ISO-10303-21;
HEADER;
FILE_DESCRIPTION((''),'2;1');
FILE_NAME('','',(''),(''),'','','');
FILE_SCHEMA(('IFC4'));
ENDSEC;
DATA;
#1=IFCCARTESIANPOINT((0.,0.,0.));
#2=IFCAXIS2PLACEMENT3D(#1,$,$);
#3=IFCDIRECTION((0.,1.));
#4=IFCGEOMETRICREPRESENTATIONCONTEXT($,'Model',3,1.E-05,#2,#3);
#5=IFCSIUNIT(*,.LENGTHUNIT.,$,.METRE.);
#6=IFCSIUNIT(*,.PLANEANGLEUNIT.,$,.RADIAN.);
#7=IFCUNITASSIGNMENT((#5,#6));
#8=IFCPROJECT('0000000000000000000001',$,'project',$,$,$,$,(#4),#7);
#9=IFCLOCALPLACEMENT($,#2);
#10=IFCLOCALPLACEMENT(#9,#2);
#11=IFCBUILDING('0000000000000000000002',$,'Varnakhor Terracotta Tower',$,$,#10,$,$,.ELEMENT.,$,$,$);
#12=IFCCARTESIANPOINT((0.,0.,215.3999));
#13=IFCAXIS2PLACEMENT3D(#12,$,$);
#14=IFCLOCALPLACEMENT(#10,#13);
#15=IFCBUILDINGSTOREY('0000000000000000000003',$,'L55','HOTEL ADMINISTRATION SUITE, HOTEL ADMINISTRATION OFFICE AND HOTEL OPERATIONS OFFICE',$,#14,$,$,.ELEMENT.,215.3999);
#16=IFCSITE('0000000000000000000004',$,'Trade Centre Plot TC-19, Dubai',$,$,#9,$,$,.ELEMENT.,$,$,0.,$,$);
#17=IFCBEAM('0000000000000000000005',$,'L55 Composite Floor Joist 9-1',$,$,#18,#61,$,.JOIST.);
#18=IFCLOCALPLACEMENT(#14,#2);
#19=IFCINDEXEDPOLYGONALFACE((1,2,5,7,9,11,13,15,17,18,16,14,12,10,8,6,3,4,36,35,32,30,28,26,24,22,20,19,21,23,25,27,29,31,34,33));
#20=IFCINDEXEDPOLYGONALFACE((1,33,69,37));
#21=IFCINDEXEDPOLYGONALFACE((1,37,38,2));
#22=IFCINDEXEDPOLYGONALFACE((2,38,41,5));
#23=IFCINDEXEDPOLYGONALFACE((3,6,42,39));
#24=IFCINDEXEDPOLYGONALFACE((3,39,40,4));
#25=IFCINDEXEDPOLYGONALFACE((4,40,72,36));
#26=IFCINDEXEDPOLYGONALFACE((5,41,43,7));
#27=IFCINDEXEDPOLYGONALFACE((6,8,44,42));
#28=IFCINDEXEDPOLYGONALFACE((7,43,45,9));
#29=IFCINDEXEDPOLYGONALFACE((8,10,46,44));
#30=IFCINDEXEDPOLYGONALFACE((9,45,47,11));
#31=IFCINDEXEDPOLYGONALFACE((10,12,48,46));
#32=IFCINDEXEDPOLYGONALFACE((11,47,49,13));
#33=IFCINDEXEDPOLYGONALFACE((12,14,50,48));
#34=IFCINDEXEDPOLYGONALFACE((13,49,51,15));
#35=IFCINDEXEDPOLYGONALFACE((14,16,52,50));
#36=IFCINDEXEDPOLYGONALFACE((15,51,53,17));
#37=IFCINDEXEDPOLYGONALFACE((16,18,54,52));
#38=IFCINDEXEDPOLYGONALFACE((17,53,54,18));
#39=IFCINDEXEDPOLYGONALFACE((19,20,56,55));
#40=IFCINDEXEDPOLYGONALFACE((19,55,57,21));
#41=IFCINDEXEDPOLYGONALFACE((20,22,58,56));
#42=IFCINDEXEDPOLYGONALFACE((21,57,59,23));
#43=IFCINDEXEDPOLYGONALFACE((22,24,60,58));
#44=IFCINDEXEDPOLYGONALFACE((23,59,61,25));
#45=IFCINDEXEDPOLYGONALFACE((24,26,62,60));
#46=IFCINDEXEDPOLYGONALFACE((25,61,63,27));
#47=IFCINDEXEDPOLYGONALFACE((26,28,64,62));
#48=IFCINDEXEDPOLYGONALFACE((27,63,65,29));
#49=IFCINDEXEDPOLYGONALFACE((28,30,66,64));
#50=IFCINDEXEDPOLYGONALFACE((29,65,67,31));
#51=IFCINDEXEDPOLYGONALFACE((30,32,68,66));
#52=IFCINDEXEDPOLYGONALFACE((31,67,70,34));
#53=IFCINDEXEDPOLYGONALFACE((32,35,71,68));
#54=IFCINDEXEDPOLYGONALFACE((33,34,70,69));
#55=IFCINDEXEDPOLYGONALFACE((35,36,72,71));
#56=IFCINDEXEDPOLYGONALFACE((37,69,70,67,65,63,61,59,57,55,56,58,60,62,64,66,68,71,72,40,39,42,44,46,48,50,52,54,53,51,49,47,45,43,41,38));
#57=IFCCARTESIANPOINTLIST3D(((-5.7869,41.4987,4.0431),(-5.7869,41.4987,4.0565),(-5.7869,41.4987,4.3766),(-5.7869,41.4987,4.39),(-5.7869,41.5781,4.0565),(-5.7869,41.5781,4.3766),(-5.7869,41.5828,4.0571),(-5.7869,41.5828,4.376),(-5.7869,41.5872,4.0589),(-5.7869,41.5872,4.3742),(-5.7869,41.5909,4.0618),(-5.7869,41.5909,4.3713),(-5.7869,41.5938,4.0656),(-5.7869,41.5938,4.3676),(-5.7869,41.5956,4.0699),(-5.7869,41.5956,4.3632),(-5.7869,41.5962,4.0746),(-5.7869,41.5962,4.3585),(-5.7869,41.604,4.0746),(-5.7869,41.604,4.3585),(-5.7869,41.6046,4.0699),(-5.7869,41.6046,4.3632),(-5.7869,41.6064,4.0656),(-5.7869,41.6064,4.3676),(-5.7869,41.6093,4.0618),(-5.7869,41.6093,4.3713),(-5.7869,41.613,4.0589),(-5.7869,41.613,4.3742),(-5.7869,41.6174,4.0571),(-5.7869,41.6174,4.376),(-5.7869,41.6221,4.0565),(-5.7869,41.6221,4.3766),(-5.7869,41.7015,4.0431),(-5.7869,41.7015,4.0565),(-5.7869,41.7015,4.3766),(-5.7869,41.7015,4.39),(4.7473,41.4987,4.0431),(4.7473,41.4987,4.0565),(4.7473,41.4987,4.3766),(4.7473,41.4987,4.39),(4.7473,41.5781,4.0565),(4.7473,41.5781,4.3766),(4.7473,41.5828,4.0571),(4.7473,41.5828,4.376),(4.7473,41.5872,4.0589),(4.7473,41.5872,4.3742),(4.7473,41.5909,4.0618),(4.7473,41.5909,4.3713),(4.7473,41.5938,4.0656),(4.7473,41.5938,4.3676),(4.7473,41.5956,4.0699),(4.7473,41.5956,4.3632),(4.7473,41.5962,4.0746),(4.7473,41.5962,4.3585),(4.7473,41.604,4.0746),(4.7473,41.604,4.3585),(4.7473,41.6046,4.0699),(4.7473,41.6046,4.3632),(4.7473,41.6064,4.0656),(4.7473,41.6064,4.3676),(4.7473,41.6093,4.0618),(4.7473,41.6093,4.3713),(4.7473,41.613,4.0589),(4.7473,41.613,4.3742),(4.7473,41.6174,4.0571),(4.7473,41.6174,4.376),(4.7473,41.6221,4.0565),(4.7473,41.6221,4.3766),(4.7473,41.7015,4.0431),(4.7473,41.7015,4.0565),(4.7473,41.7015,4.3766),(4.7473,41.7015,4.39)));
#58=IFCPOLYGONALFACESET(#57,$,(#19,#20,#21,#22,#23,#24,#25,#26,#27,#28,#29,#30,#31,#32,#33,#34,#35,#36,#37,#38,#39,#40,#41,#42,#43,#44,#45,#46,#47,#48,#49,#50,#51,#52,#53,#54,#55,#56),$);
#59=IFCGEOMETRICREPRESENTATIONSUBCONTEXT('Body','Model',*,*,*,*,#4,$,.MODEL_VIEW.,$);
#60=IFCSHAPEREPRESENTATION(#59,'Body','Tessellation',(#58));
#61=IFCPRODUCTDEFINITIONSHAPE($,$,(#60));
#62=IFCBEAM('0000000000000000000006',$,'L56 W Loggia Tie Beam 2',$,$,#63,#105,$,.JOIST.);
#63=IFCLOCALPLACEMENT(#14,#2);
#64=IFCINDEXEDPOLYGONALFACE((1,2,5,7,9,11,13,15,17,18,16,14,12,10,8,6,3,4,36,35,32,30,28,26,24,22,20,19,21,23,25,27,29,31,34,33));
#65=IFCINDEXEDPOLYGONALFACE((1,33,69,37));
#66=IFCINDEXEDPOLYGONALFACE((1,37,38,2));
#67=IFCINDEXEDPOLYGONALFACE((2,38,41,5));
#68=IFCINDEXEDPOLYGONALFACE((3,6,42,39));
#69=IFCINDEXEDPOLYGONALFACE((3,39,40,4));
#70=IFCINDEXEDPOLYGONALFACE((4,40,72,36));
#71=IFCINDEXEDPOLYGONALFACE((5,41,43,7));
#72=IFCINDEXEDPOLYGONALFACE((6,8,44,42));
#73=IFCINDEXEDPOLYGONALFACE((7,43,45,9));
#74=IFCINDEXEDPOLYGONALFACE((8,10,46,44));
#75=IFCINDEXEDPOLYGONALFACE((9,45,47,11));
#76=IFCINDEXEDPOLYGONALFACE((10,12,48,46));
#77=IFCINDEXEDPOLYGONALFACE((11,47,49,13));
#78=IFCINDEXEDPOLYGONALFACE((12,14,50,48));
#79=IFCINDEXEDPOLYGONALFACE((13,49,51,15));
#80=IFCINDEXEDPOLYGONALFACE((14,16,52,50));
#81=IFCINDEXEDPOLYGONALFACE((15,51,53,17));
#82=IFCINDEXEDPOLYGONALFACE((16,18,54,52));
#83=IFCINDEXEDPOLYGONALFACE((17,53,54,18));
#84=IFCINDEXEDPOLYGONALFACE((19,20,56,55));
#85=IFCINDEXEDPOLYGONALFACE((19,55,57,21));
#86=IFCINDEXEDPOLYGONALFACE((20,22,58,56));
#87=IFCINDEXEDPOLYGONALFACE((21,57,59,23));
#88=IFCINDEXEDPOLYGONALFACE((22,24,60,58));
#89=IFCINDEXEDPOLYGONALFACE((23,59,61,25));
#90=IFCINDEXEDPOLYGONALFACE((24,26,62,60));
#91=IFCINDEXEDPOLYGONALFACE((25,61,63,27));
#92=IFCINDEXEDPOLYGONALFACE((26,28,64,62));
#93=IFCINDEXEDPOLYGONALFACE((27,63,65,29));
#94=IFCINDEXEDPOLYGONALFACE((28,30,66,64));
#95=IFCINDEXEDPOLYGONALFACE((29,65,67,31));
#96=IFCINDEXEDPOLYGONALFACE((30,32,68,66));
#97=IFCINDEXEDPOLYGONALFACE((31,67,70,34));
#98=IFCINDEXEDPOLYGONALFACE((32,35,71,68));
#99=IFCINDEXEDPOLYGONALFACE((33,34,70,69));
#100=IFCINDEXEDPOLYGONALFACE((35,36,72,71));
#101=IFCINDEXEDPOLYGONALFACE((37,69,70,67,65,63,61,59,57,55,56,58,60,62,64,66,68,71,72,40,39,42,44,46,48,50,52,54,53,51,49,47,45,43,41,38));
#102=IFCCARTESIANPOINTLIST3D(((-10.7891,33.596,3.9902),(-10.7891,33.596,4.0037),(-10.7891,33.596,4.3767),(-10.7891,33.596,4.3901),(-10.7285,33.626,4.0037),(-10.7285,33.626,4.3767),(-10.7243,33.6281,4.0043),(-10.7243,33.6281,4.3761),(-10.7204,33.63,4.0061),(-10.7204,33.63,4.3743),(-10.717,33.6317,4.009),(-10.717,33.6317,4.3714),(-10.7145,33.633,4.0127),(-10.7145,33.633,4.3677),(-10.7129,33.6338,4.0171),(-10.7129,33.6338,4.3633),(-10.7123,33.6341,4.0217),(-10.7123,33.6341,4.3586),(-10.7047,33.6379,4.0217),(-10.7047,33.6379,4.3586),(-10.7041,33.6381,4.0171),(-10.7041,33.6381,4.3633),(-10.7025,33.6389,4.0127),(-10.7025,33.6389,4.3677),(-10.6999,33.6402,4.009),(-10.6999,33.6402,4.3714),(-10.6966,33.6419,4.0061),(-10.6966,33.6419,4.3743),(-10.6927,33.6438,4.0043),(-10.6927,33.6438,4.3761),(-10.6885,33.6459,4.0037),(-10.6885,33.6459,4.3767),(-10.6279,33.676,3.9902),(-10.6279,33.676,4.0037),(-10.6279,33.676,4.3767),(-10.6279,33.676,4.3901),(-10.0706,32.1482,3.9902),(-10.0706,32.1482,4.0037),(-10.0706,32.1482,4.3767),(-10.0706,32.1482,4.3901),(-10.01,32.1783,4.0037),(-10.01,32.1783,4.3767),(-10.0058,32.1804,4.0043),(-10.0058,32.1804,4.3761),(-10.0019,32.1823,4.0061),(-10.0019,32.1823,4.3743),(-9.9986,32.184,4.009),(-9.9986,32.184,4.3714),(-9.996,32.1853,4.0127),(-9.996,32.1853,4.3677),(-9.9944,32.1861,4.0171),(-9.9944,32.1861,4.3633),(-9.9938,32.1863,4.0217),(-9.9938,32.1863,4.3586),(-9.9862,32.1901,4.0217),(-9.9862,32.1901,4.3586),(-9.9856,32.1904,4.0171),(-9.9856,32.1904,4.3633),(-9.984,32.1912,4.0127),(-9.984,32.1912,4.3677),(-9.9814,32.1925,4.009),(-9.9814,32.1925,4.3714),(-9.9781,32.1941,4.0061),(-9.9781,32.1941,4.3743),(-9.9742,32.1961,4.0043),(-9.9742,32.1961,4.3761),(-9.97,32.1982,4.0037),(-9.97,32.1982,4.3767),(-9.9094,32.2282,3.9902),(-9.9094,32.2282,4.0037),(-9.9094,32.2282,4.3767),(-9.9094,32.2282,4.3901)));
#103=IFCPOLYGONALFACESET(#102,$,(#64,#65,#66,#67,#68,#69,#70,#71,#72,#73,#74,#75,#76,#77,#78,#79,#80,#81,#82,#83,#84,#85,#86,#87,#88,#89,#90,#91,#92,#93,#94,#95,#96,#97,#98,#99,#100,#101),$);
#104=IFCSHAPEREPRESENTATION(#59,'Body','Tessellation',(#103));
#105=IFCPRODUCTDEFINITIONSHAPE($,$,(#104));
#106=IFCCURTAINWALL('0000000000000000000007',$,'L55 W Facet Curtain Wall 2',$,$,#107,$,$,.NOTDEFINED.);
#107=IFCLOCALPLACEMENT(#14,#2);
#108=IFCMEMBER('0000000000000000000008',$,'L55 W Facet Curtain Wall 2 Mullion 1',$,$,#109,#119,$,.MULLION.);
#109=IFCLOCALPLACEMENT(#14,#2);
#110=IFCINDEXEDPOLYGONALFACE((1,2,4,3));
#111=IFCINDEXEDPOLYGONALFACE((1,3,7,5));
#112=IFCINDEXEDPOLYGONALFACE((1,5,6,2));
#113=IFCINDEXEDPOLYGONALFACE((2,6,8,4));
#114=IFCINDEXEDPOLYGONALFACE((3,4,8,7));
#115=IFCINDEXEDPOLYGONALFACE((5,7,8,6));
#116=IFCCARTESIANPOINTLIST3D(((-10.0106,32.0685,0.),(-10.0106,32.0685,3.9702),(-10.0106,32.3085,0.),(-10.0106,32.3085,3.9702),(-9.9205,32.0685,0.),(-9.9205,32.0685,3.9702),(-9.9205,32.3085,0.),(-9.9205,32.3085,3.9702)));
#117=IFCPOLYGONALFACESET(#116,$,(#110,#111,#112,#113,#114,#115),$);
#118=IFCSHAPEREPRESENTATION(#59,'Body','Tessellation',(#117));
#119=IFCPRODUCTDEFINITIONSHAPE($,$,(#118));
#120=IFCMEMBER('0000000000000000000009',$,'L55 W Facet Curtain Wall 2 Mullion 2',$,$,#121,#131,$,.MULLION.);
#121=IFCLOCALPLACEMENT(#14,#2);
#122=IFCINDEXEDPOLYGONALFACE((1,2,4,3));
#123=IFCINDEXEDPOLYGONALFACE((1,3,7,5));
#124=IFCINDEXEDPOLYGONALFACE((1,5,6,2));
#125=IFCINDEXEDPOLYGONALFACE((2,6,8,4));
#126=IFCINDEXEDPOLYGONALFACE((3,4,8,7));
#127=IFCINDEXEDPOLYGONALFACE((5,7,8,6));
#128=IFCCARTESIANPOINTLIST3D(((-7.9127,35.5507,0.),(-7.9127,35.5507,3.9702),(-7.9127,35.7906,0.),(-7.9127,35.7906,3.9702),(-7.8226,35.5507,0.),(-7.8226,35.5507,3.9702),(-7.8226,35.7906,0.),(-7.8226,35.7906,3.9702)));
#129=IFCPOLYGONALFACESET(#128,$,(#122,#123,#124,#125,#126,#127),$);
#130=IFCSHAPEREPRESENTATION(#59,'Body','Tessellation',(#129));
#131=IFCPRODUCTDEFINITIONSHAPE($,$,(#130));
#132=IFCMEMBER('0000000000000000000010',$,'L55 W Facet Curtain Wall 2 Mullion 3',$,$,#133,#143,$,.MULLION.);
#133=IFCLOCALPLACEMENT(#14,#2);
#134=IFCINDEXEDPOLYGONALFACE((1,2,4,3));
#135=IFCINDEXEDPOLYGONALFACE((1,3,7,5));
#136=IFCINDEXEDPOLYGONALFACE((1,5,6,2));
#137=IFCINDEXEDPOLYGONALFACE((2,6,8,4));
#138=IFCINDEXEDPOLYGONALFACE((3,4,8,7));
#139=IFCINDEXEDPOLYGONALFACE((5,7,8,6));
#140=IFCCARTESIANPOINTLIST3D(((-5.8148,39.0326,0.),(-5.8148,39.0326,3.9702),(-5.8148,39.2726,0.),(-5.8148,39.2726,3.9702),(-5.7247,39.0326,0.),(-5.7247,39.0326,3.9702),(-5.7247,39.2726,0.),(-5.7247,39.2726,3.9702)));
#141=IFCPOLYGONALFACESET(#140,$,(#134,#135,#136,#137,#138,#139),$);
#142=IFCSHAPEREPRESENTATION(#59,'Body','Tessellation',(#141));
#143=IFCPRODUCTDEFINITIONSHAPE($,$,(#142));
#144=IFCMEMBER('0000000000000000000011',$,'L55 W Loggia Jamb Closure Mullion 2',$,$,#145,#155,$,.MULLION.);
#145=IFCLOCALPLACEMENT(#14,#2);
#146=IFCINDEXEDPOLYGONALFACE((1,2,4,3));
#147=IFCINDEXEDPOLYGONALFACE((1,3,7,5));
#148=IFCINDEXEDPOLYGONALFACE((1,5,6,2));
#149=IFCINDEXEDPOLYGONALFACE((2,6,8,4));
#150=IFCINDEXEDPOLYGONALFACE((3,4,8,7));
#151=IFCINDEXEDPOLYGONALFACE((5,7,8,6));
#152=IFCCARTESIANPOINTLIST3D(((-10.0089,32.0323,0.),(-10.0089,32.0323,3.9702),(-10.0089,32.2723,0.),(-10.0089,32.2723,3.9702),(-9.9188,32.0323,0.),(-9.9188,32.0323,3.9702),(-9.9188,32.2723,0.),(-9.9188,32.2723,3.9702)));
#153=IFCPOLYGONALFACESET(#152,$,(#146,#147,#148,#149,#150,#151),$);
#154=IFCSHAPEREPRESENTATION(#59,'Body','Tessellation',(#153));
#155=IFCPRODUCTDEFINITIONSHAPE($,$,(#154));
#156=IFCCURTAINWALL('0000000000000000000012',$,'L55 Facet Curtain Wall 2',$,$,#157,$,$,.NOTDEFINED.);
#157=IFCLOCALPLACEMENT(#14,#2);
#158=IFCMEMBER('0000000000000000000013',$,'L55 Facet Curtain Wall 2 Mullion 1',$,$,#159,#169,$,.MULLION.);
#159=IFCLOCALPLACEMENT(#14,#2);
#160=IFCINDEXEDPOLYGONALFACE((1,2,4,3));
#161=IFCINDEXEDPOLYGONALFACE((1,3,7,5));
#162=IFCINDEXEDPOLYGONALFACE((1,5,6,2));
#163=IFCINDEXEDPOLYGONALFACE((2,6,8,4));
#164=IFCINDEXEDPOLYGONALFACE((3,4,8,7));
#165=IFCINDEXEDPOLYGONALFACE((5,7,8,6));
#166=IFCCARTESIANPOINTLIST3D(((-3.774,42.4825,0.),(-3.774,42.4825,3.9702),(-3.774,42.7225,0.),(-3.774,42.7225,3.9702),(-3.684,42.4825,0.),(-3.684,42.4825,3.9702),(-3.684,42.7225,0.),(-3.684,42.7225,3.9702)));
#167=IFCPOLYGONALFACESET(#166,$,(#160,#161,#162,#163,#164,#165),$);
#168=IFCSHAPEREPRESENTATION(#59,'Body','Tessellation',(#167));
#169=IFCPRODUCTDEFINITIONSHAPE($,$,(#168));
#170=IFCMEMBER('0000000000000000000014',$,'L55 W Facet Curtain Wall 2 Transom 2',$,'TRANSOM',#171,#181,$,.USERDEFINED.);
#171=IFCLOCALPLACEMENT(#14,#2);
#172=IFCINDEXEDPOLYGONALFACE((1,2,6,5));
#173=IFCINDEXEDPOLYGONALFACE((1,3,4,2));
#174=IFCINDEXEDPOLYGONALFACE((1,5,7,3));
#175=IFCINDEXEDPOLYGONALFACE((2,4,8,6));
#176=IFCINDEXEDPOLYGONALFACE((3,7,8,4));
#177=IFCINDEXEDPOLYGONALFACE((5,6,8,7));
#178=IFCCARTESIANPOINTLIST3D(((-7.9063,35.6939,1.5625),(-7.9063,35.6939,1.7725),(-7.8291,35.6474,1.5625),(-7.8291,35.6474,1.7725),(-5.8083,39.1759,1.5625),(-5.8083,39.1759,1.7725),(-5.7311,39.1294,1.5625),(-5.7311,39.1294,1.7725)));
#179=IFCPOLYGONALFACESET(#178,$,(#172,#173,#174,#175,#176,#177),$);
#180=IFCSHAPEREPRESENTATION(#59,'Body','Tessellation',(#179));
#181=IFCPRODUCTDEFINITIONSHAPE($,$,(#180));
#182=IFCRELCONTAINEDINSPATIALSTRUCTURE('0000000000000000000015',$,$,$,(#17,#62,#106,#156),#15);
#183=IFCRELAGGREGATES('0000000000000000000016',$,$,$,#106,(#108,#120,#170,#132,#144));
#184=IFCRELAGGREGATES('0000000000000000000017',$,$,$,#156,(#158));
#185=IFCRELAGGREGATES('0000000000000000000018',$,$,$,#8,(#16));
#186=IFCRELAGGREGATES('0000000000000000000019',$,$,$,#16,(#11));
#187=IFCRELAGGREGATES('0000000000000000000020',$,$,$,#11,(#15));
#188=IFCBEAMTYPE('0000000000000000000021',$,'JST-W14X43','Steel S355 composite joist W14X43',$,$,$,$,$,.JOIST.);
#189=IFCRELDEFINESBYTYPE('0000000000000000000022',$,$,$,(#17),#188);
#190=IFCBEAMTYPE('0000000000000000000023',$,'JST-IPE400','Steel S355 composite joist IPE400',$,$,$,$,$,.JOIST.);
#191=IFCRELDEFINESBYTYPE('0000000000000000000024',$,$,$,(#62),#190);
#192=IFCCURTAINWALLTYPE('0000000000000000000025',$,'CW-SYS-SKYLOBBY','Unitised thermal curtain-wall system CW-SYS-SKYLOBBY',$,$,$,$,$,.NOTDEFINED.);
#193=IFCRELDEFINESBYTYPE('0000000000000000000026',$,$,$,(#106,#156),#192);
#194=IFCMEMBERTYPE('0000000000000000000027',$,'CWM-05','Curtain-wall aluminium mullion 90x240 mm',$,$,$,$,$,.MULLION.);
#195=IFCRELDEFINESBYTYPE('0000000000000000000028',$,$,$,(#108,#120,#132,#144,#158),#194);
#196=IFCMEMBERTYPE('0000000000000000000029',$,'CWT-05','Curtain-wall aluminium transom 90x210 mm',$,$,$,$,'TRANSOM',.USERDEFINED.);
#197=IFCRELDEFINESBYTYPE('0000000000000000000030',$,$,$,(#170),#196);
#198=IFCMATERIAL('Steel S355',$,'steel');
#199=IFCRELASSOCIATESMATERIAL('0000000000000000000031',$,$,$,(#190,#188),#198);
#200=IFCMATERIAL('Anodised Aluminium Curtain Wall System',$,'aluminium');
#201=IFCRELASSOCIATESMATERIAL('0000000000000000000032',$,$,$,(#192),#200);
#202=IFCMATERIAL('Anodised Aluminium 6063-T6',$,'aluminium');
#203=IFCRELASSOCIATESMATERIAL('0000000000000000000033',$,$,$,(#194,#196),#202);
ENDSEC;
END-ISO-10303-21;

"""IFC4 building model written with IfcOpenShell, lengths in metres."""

from ifc_helpers import new_model, si_unit, direction, frame, origin, origin_2d, place, context, subcontext, project, spatial, rectangle, i_section, extrude, source, transform, mapped, material, material_profile, profile_set, type_object, element, aggregate, save


model = new_model("IFC4")

# Units and contexts
model_context = context("Model", 3, precision=1e-05, world=origin(), true_north=direction((0.0, 1.0)))
body_context = subcontext(model_context, "Body", "Model", "MODEL_VIEW")
ifc_project = project(units=[si_unit("LENGTHUNIT", "METRE"), si_unit("PLANEANGLEUNIT", "RADIAN")], contexts=[model_context])

# Site, building, storey
site_placement = place(None, origin())
site = spatial("IfcSite", under=ifc_project, at=site_placement, Name="Trade Centre Plot TC-19, Dubai", CompositionType="ELEMENT", RefElevation=0.0)
building_placement = place(site_placement, origin())
building = spatial("IfcBuilding", under=site, at=building_placement, Name="Varnakhor Terracotta Tower", CompositionType="ELEMENT")
storey_placement = place(building_placement, frame((0.0, 0.0, 215.3999)))
storey = spatial("IfcBuildingStorey", under=building, at=storey_placement, Name="L55", Description="HOTEL ADMINISTRATION SUITE, HOTEL ADMINISTRATION OFFICE AND HOTEL OPERATIONS OFFICE", CompositionType="ELEMENT", Elevation=215.3999)

# Beams
ifc_material_1 = material(Name="Steel S355", Category="steel")
ifc_material_profile_1 = material_profile(ifc_material_1, i_section(OverallWidth=0.1799, OverallDepth=0.3999, WebThickness=0.0085, FlangeThickness=0.0134, FilletRadius=0.0181, at=origin_2d()), Name="IPE400")
ifc_profile_set_1 = profile_set([ifc_material_profile_1], Name="Steel S355")
beam_type_1 = type_object("IfcBeamType", Name="JST-IPE400", Description="Steel S355 composite joist IPE400", PredefinedType="JOIST", material=ifc_profile_set_1)
ifc_material_profile_2 = material_profile(ifc_material_1, i_section(OverallWidth=0.2029, OverallDepth=0.3469, WebThickness=0.0078, FlangeThickness=0.0134, FilletRadius=0.0181, at=origin_2d()), Name="W14X43")
ifc_profile_set_2 = profile_set([ifc_material_profile_2], Name="Steel S355")
beam_type_2 = type_object("IfcBeamType", Name="JST-W14X43", Description="Steel S355 composite joist W14X43", PredefinedType="JOIST", material=ifc_profile_set_2)
shared_shape_1 = source(origin(), body_context, "Body", "SweptSolid", [
    extrude(i_section(OverallWidth=0.2029, OverallDepth=0.3469, WebThickness=0.0078, FlangeThickness=0.0134, FilletRadius=0.0181, at=origin_2d()), origin(), (0.0, 0.0, 1.0), 10.5342),
])
beam_1_placement = place(storey_placement, frame((-5.7869, 41.6001, 4.2166), z_axis=(1.0, 0.0, 0.0), x_axis=(0.0, 1.0, 0.0)))
element("IfcBeam", 1, at=beam_1_placement, inside=storey, type_object=beam_type_2, Name="L55 Composite Floor Joist 9-1", PredefinedType="JOIST", context=body_context, shape_type="MappedRepresentation", body=[
    mapped(shared_shape_1, transform((0.0, 0.0, 0.0), scale=1.0)),
])
shared_shape_2 = source(origin(), body_context, "Body", "SweptSolid", [
    extrude(i_section(OverallWidth=0.1799, OverallDepth=0.3999, WebThickness=0.0085, FlangeThickness=0.0134, FilletRadius=0.0181, at=origin_2d()), origin(), (0.0, 0.0, 1.0), 1.6162),
])
beam_2_placement = place(storey_placement, frame((-9.99, 32.1882, 4.1902), z_axis=(-0.444553, 0.895753, 0.0), x_axis=(-0.895753, -0.444553, 0.0)))
element("IfcBeam", 2, at=beam_2_placement, inside=storey, type_object=beam_type_1, Name="L56 W Loggia Tie Beam 2", PredefinedType="JOIST", context=body_context, shape_type="MappedRepresentation", body=[
    mapped(shared_shape_2, transform((0.0, 0.0, 0.0), scale=1.0)),
])

# Curtain wall, members
ifc_material_2 = material(Name="Anodised Aluminium Curtain Wall System", Category="aluminium")
curtain_wall_type = type_object("IfcCurtainWallType", Name="CW-SYS-SKYLOBBY", Description="Unitised thermal curtain-wall system CW-SYS-SKYLOBBY", PredefinedType="NOTDEFINED", material=ifc_material_2)
curtain_wall_1_placement = place(storey_placement, origin())
curtain_wall_1 = element("IfcCurtainWall", 3, at=curtain_wall_1_placement, inside=storey, type_object=curtain_wall_type, Name="L55 W Facet Curtain Wall 2", PredefinedType="NOTDEFINED")
ifc_material_3 = material(Name="Anodised Aluminium 6063-T6", Category="aluminium")
ifc_material_profile_3 = material_profile(ifc_material_3, rectangle(XDim=0.0901, YDim=0.24, at=origin_2d()), Name="ALU MULLION 90x240")
ifc_profile_set_3 = profile_set([ifc_material_profile_3], Name="Anodised Aluminium 6063-T6")
member_type_1 = type_object("IfcMemberType", Name="CWM-05", Description="Curtain-wall aluminium mullion 90x240 mm", PredefinedType="MULLION", material=ifc_profile_set_3)
shared_shape_3 = source(origin(), body_context, "Body", "SweptSolid", [
    extrude(rectangle(XDim=0.0901, YDim=0.24, at=origin_2d()), origin(), (0.0, 0.0, 1.0), 3.9702),
])
member_1_placement = place(storey_placement, frame((-9.9656, 32.1885, 0.0), z_axis=(0.0, 0.0, 1.0), x_axis=(1.0, 0.0, 0.0)))
member_1 = element("IfcMember", 4, at=member_1_placement, type_object=member_type_1, Name="L55 W Facet Curtain Wall 2 Mullion 1", PredefinedType="MULLION", context=body_context, shape_type="MappedRepresentation", body=[
    mapped(shared_shape_3, transform((0.0, 0.0, 0.0), scale=1.0)),
])
member_2_placement = place(storey_placement, frame((-7.8677, 35.6707, 0.0), z_axis=(0.0, 0.0, 1.0), x_axis=(1.0, 0.0, 0.0)))
member_2 = element("IfcMember", 5, at=member_2_placement, type_object=member_type_1, Name="L55 W Facet Curtain Wall 2 Mullion 2", PredefinedType="MULLION", context=body_context, shape_type="MappedRepresentation", body=[
    mapped(shared_shape_3, transform((0.0, 0.0, 0.0), scale=1.0)),
])
member_3_placement = place(storey_placement, frame((-5.7698, 39.1526, 0.0), z_axis=(0.0, 0.0, 1.0), x_axis=(1.0, 0.0, 0.0)))
member_3 = element("IfcMember", 6, at=member_3_placement, type_object=member_type_1, Name="L55 W Facet Curtain Wall 2 Mullion 3", PredefinedType="MULLION", context=body_context, shape_type="MappedRepresentation", body=[
    mapped(shared_shape_3, transform((0.0, 0.0, 0.0), scale=1.0)),
])
member_4_placement = place(storey_placement, frame((-9.9639, 32.1523, 0.0), z_axis=(0.0, 0.0, 1.0), x_axis=(1.0, 0.0, 0.0)))
member_4 = element("IfcMember", 7, at=member_4_placement, type_object=member_type_1, Name="L55 W Loggia Jamb Closure Mullion 2", PredefinedType="MULLION", context=body_context, shape_type="MappedRepresentation", body=[
    mapped(shared_shape_3, transform((0.0, 0.0, 0.0), scale=1.0)),
])

# Curtain wall, member
curtain_wall_2_placement = place(storey_placement, origin())
curtain_wall_2 = element("IfcCurtainWall", 8, at=curtain_wall_2_placement, inside=storey, type_object=curtain_wall_type, Name="L55 Facet Curtain Wall 2", PredefinedType="NOTDEFINED")
member_5_placement = place(storey_placement, frame((-3.729, 42.6025, 0.0), z_axis=(0.0, 0.0, 1.0), x_axis=(1.0, 0.0, 0.0)))
member_5 = element("IfcMember", 9, at=member_5_placement, type_object=member_type_1, Name="L55 Facet Curtain Wall 2 Mullion 1", PredefinedType="MULLION", context=body_context, shape_type="MappedRepresentation", body=[
    mapped(shared_shape_3, transform((0.0, 0.0, 0.0), scale=1.0)),
])

# Member
ifc_material_profile_4 = material_profile(ifc_material_3, rectangle(XDim=0.0901, YDim=0.21, at=origin_2d()), Name="ALU TRANSOM 90x210")
ifc_profile_set_4 = profile_set([ifc_material_profile_4], Name="Anodised Aluminium 6063-T6")
member_type_2 = type_object("IfcMemberType", Name="CWT-05", Description="Curtain-wall aluminium transom 90x210 mm", ElementType="TRANSOM", PredefinedType="USERDEFINED", material=ifc_profile_set_4)
shared_shape_4 = source(origin(), body_context, "Body", "SweptSolid", [
    extrude(rectangle(XDim=0.0901, YDim=0.21, at=origin_2d()), origin(), (0.0, 0.0, 1.0), 4.0652),
])
member_6_placement = place(storey_placement, frame((-7.8677, 35.6707, 1.6675), z_axis=(0.516076, 0.856543, 0.0), x_axis=(-0.856543, 0.516076, 0.0)))
member_6 = element("IfcMember", 10, at=member_6_placement, type_object=member_type_2, Name="L55 W Facet Curtain Wall 2 Transom 2", ObjectType="TRANSOM", PredefinedType="USERDEFINED", context=body_context, shape_type="MappedRepresentation", body=[
    mapped(shared_shape_4, transform((0.0, 0.0, 0.0), scale=1.0)),
])

aggregate(curtain_wall_1, [member_1, member_2, member_6, member_3, member_4])
aggregate(curtain_wall_2, [member_5])

save(model, "model.ifc")
